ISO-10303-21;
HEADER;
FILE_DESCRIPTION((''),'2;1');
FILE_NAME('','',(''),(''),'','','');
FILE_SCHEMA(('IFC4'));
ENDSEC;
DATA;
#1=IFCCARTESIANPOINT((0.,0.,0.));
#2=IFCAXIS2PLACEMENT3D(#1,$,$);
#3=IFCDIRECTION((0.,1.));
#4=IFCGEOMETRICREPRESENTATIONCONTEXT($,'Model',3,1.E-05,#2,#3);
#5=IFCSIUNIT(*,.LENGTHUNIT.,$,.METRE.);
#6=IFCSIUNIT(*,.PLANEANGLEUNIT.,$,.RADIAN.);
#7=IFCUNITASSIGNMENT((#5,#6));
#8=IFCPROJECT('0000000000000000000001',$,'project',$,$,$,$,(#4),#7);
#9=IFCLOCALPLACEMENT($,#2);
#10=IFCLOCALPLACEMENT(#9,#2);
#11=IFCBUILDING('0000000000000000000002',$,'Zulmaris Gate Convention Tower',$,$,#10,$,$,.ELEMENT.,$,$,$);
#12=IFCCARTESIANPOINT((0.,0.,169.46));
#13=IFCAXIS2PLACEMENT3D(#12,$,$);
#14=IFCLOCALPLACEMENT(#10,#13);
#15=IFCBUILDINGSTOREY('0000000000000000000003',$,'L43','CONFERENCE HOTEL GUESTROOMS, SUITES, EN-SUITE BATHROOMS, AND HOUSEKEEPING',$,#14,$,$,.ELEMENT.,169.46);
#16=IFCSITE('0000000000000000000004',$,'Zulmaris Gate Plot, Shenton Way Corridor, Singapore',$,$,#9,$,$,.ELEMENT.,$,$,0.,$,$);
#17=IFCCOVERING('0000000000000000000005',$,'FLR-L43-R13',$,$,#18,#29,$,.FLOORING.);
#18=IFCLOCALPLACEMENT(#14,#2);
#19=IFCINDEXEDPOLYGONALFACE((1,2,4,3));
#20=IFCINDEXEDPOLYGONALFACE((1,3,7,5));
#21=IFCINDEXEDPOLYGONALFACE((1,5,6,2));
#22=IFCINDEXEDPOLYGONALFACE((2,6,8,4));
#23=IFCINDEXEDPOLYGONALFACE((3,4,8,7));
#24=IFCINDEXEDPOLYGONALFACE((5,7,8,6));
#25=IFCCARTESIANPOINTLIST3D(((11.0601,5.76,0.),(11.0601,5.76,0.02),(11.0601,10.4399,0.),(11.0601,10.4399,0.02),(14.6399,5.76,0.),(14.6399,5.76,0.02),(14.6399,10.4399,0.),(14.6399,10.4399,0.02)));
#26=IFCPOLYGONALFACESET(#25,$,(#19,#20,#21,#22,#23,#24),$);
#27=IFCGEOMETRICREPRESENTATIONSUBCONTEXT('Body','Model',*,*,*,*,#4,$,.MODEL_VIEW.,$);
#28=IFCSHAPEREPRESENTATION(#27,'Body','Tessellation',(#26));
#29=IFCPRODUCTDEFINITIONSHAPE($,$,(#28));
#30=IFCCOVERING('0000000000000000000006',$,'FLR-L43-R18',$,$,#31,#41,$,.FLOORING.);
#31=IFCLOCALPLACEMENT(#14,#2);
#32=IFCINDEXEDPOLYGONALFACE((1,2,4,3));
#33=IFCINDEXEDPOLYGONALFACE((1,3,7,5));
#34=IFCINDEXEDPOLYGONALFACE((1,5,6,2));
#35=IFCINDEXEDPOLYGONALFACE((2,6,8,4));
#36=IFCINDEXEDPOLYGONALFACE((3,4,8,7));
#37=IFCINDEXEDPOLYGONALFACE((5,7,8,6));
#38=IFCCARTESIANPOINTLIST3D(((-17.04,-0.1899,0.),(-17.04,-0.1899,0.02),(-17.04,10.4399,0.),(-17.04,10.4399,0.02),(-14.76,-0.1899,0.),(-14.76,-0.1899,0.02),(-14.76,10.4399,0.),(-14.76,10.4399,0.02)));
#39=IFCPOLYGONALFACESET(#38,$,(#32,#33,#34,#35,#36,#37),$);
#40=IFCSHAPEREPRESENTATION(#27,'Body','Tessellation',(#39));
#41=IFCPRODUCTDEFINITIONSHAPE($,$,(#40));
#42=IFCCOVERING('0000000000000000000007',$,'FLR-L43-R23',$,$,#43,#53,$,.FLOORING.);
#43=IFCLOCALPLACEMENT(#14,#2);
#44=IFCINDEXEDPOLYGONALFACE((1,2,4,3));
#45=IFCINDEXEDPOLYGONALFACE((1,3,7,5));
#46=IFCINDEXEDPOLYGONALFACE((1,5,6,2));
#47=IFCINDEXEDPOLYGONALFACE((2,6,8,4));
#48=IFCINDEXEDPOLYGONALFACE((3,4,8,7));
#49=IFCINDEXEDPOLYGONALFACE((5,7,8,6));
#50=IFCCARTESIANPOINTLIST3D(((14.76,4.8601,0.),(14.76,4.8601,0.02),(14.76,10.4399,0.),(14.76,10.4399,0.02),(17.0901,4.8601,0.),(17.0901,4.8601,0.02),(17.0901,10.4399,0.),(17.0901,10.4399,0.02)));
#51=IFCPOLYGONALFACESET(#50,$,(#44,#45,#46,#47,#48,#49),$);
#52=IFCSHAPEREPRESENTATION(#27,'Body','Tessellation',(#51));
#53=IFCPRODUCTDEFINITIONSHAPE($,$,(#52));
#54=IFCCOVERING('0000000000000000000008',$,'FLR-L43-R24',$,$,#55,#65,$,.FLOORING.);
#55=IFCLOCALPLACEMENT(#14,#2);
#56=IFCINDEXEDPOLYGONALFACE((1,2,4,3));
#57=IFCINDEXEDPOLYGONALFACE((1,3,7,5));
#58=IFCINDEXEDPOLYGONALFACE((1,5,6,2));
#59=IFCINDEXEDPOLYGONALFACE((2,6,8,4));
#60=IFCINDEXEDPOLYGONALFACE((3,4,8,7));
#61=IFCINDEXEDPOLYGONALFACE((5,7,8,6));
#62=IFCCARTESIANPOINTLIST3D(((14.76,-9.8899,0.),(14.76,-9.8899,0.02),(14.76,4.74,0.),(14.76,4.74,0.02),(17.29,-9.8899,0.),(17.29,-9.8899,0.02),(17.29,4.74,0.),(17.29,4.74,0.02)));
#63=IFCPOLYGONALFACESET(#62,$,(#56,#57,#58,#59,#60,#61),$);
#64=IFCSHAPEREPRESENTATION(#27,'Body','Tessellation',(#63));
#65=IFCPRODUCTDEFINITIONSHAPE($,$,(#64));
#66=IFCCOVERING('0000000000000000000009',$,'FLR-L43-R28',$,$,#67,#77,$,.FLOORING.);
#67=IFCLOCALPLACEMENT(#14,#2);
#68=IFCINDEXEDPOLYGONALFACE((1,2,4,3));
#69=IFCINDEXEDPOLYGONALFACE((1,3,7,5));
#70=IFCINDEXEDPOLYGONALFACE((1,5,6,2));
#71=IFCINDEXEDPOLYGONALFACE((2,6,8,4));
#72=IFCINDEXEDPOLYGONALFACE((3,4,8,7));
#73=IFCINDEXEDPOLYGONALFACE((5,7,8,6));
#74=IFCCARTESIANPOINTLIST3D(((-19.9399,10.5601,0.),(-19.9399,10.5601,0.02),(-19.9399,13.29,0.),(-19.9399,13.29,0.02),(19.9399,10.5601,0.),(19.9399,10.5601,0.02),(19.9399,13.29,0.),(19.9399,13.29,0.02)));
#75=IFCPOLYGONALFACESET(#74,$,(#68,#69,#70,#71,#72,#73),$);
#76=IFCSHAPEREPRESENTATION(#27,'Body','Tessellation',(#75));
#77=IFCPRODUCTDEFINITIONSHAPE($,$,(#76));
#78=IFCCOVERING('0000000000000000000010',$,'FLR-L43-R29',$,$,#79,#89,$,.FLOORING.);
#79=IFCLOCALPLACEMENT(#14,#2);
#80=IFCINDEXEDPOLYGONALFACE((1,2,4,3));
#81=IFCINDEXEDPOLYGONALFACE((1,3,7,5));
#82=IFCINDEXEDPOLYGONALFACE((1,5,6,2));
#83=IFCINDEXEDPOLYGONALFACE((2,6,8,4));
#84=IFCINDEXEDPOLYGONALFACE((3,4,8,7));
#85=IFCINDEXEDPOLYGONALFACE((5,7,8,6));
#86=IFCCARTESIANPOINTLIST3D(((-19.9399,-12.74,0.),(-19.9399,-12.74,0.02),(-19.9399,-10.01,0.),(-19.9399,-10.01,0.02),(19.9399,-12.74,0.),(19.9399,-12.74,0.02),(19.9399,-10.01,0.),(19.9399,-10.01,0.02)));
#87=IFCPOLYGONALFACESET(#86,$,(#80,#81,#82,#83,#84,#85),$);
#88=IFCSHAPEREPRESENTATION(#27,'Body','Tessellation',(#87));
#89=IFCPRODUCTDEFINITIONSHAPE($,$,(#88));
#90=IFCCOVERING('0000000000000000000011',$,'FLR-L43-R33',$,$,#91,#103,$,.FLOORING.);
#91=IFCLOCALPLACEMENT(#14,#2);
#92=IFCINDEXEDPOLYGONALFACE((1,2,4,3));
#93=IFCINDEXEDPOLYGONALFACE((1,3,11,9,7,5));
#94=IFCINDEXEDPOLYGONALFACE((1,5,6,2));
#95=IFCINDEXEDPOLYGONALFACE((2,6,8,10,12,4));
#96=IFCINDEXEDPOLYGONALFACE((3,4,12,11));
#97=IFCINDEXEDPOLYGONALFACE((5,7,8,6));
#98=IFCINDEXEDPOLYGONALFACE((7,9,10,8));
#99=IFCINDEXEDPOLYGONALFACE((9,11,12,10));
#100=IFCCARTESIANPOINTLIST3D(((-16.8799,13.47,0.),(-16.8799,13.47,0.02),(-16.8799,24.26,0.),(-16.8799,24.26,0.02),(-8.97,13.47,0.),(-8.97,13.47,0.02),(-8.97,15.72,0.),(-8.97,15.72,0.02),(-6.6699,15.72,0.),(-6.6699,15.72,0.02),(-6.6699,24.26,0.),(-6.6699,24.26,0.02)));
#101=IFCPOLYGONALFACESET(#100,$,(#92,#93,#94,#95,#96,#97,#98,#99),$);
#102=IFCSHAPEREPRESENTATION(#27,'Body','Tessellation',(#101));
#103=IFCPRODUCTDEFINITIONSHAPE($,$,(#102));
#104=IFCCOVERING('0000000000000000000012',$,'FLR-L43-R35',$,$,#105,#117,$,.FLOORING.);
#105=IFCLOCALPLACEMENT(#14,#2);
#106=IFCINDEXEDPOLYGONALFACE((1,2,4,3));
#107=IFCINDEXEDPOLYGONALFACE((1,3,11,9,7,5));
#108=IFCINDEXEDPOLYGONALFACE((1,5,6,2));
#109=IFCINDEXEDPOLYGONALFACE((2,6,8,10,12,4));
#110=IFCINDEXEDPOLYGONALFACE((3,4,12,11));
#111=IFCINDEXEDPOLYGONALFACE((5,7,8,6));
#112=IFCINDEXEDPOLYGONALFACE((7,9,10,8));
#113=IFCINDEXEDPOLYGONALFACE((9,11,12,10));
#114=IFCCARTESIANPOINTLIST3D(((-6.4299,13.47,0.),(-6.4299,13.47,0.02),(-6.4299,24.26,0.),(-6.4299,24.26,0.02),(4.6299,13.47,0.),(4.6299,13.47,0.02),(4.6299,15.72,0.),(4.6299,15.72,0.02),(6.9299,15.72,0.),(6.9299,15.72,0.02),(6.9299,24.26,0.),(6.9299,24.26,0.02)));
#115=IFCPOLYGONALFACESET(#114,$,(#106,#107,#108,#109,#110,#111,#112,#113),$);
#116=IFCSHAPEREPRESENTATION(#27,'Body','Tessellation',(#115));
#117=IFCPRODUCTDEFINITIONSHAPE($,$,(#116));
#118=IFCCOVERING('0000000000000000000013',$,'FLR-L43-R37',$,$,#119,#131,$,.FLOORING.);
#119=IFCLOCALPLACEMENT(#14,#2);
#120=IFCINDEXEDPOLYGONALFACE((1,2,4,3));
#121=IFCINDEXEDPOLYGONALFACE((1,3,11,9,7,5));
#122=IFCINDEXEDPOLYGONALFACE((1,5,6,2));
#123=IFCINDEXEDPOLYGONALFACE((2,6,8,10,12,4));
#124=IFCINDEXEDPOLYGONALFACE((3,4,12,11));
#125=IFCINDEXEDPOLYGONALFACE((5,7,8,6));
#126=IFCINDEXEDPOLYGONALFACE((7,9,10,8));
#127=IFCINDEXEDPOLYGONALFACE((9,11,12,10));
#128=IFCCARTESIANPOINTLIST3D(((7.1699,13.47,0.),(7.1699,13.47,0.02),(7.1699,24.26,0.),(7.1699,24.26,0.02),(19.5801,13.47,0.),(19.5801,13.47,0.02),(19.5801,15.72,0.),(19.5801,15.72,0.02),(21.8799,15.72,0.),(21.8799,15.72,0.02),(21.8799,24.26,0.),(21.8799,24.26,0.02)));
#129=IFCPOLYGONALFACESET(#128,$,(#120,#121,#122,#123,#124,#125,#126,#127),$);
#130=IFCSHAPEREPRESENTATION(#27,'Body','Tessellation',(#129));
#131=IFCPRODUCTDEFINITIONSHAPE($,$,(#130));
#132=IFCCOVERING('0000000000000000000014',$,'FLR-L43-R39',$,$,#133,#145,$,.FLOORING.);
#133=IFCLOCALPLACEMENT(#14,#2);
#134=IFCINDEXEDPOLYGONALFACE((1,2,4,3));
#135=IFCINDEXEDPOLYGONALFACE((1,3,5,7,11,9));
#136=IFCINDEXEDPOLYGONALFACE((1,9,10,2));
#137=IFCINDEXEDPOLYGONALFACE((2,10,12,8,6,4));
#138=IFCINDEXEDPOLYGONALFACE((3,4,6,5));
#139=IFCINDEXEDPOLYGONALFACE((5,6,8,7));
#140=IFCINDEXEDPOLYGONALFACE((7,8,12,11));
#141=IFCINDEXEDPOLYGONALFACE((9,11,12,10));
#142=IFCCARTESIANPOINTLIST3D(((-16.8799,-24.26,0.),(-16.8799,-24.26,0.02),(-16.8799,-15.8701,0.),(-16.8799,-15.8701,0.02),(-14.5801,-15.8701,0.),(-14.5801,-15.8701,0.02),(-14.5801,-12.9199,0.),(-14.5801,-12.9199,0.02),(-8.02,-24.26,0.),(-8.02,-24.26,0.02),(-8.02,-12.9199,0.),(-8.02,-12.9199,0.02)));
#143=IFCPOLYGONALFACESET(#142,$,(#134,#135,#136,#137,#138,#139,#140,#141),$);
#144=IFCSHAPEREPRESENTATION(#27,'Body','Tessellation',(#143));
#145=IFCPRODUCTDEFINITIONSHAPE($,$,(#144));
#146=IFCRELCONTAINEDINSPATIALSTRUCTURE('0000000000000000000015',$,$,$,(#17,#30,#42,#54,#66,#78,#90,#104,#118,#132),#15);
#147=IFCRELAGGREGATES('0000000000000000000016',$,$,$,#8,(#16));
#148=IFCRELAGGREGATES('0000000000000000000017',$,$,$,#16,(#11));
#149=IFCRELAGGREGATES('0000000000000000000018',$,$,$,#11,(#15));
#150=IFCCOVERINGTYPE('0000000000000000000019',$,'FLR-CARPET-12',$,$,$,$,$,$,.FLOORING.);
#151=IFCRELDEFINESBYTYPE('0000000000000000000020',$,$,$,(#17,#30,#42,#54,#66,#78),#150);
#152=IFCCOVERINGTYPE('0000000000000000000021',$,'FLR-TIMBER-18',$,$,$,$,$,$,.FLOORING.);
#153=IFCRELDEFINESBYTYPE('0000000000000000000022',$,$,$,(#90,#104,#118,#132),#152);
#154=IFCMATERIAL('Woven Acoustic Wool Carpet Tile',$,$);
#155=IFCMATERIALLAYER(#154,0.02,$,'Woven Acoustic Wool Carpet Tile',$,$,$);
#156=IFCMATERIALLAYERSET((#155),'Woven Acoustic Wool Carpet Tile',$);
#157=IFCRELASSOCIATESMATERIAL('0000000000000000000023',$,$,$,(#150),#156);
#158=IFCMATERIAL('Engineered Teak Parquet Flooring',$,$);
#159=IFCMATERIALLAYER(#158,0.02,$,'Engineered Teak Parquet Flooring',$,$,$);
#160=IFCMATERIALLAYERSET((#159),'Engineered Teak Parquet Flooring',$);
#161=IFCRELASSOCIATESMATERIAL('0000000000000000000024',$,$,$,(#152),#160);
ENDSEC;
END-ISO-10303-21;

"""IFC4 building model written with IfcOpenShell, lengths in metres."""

from ifc_helpers import new_model, si_unit, direction, frame, origin, place, context, subcontext, project, spatial, polyline, outline, extrude, material, layer, layer_set, type_object, element, save


model = new_model("IFC4")

# Units and contexts
model_context = context("Model", 3, precision=1e-05, world=origin(), true_north=direction((0.0, 1.0)))
body_context = subcontext(model_context, "Body", "Model", "MODEL_VIEW")
ifc_project = project(units=[si_unit("LENGTHUNIT", "METRE"), si_unit("PLANEANGLEUNIT", "RADIAN")], contexts=[model_context])

# Site, building, storey
site_placement = place(None, origin())
site = spatial("IfcSite", under=ifc_project, at=site_placement, Name="Zulmaris Gate Plot, Shenton Way Corridor, Singapore", CompositionType="ELEMENT", RefElevation=0.0)
building_placement = place(site_placement, origin())
building = spatial("IfcBuilding", under=site, at=building_placement, Name="Zulmaris Gate Convention Tower", CompositionType="ELEMENT")
storey_placement = place(building_placement, frame((0.0, 0.0, 169.46)))
storey = spatial("IfcBuildingStorey", under=building, at=storey_placement, Name="L43", Description="CONFERENCE HOTEL GUESTROOMS, SUITES, EN-SUITE BATHROOMS, AND HOUSEKEEPING", CompositionType="ELEMENT", Elevation=169.46)

# Coverings
ifc_material_1 = material(Name="Woven Acoustic Wool Carpet Tile")
ifc_layer_1 = layer(ifc_material_1, 0.02, Name="Woven Acoustic Wool Carpet Tile")
ifc_layer_set_1 = layer_set([ifc_layer_1], Name="Woven Acoustic Wool Carpet Tile")
covering_type_1 = type_object("IfcCoveringType", Name="FLR-CARPET-12", PredefinedType="FLOORING", material=ifc_layer_set_1)
covering_1_placement = place(storey_placement, origin())
element("IfcCovering", 1, at=covering_1_placement, inside=storey, type_object=covering_type_1, Name="FLR-L43-R13", PredefinedType="FLOORING", context=body_context, shape_type="SweptSolid", body=[
    extrude(outline(polyline([(11.0601, 5.76), (14.6399, 5.76), (14.6399, 10.4399), (11.0601, 10.4399), (11.0601, 5.76)])), origin(), (0.0, 0.0, 1.0), 0.02),
])
covering_2_placement = place(storey_placement, origin())
element("IfcCovering", 2, at=covering_2_placement, inside=storey, type_object=covering_type_1, Name="FLR-L43-R18", PredefinedType="FLOORING", context=body_context, shape_type="SweptSolid", body=[
    extrude(outline(polyline([(-17.04, -0.1899), (-14.76, -0.1899), (-14.76, 10.4399), (-17.04, 10.4399), (-17.04, -0.1899)])), origin(), (0.0, 0.0, 1.0), 0.02),
])
covering_3_placement = place(storey_placement, origin())
element("IfcCovering", 3, at=covering_3_placement, inside=storey, type_object=covering_type_1, Name="FLR-L43-R23", PredefinedType="FLOORING", context=body_context, shape_type="SweptSolid", body=[
    extrude(outline(polyline([(14.76, 4.8601), (17.0901, 4.8601), (17.0901, 10.4399), (14.76, 10.4399), (14.76, 4.8601)])), origin(), (0.0, 0.0, 1.0), 0.02),
])
covering_4_placement = place(storey_placement, origin())
element("IfcCovering", 4, at=covering_4_placement, inside=storey, type_object=covering_type_1, Name="FLR-L43-R24", PredefinedType="FLOORING", context=body_context, shape_type="SweptSolid", body=[
    extrude(outline(polyline([(14.76, -9.8899), (17.29, -9.8899), (17.29, 4.74), (14.76, 4.74), (14.76, -9.8899)])), origin(), (0.0, 0.0, 1.0), 0.02),
])
covering_5_placement = place(storey_placement, origin())
element("IfcCovering", 5, at=covering_5_placement, inside=storey, type_object=covering_type_1, Name="FLR-L43-R28", PredefinedType="FLOORING", context=body_context, shape_type="SweptSolid", body=[
    extrude(outline(polyline([(-19.9399, 10.5601), (19.9399, 10.5601), (19.9399, 13.29), (-19.9399, 13.29), (-19.9399, 10.5601)])), origin(), (0.0, 0.0, 1.0), 0.02),
])
covering_6_placement = place(storey_placement, origin())
element("IfcCovering", 6, at=covering_6_placement, inside=storey, type_object=covering_type_1, Name="FLR-L43-R29", PredefinedType="FLOORING", context=body_context, shape_type="SweptSolid", body=[
    extrude(outline(polyline([(-19.9399, -12.74), (19.9399, -12.74), (19.9399, -10.01), (-19.9399, -10.01), (-19.9399, -12.74)])), origin(), (0.0, 0.0, 1.0), 0.02),
])
ifc_material_2 = material(Name="Engineered Teak Parquet Flooring")
ifc_layer_2 = layer(ifc_material_2, 0.02, Name="Engineered Teak Parquet Flooring")
ifc_layer_set_2 = layer_set([ifc_layer_2], Name="Engineered Teak Parquet Flooring")
covering_type_2 = type_object("IfcCoveringType", Name="FLR-TIMBER-18", PredefinedType="FLOORING", material=ifc_layer_set_2)
covering_7_placement = place(storey_placement, origin())
element("IfcCovering", 7, at=covering_7_placement, inside=storey, type_object=covering_type_2, Name="FLR-L43-R33", PredefinedType="FLOORING", context=body_context, shape_type="SweptSolid", body=[
    extrude(outline(polyline([(-16.8799, 13.47), (-8.97, 13.47), (-8.97, 15.72), (-6.6699, 15.72), (-6.6699, 24.26), (-16.8799, 24.26), (-16.8799, 13.47)])), origin(), (0.0, 0.0, 1.0), 0.02),
])
covering_8_placement = place(storey_placement, origin())
element("IfcCovering", 8, at=covering_8_placement, inside=storey, type_object=covering_type_2, Name="FLR-L43-R35", PredefinedType="FLOORING", context=body_context, shape_type="SweptSolid", body=[
    extrude(outline(polyline([(-6.4299, 13.47), (4.6299, 13.47), (4.6299, 15.72), (6.9299, 15.72), (6.9299, 24.26), (-6.4299, 24.26), (-6.4299, 13.47)])), origin(), (0.0, 0.0, 1.0), 0.02),
])
covering_9_placement = place(storey_placement, origin())
element("IfcCovering", 9, at=covering_9_placement, inside=storey, type_object=covering_type_2, Name="FLR-L43-R37", PredefinedType="FLOORING", context=body_context, shape_type="SweptSolid", body=[
    extrude(outline(polyline([(7.1699, 13.47), (19.5801, 13.47), (19.5801, 15.72), (21.8799, 15.72), (21.8799, 24.26), (7.1699, 24.26), (7.1699, 13.47)])), origin(), (0.0, 0.0, 1.0), 0.02),
])
covering_10_placement = place(storey_placement, origin())
element("IfcCovering", 10, at=covering_10_placement, inside=storey, type_object=covering_type_2, Name="FLR-L43-R39", PredefinedType="FLOORING", context=body_context, shape_type="SweptSolid", body=[
    extrude(outline(polyline([(-16.8799, -24.26), (-8.02, -24.26), (-8.02, -12.9199), (-14.5801, -12.9199), (-14.5801, -15.8701), (-16.8799, -15.8701), (-16.8799, -24.26)])), origin(), (0.0, 0.0, 1.0), 0.02),
])

save(model, "model.ifc")
